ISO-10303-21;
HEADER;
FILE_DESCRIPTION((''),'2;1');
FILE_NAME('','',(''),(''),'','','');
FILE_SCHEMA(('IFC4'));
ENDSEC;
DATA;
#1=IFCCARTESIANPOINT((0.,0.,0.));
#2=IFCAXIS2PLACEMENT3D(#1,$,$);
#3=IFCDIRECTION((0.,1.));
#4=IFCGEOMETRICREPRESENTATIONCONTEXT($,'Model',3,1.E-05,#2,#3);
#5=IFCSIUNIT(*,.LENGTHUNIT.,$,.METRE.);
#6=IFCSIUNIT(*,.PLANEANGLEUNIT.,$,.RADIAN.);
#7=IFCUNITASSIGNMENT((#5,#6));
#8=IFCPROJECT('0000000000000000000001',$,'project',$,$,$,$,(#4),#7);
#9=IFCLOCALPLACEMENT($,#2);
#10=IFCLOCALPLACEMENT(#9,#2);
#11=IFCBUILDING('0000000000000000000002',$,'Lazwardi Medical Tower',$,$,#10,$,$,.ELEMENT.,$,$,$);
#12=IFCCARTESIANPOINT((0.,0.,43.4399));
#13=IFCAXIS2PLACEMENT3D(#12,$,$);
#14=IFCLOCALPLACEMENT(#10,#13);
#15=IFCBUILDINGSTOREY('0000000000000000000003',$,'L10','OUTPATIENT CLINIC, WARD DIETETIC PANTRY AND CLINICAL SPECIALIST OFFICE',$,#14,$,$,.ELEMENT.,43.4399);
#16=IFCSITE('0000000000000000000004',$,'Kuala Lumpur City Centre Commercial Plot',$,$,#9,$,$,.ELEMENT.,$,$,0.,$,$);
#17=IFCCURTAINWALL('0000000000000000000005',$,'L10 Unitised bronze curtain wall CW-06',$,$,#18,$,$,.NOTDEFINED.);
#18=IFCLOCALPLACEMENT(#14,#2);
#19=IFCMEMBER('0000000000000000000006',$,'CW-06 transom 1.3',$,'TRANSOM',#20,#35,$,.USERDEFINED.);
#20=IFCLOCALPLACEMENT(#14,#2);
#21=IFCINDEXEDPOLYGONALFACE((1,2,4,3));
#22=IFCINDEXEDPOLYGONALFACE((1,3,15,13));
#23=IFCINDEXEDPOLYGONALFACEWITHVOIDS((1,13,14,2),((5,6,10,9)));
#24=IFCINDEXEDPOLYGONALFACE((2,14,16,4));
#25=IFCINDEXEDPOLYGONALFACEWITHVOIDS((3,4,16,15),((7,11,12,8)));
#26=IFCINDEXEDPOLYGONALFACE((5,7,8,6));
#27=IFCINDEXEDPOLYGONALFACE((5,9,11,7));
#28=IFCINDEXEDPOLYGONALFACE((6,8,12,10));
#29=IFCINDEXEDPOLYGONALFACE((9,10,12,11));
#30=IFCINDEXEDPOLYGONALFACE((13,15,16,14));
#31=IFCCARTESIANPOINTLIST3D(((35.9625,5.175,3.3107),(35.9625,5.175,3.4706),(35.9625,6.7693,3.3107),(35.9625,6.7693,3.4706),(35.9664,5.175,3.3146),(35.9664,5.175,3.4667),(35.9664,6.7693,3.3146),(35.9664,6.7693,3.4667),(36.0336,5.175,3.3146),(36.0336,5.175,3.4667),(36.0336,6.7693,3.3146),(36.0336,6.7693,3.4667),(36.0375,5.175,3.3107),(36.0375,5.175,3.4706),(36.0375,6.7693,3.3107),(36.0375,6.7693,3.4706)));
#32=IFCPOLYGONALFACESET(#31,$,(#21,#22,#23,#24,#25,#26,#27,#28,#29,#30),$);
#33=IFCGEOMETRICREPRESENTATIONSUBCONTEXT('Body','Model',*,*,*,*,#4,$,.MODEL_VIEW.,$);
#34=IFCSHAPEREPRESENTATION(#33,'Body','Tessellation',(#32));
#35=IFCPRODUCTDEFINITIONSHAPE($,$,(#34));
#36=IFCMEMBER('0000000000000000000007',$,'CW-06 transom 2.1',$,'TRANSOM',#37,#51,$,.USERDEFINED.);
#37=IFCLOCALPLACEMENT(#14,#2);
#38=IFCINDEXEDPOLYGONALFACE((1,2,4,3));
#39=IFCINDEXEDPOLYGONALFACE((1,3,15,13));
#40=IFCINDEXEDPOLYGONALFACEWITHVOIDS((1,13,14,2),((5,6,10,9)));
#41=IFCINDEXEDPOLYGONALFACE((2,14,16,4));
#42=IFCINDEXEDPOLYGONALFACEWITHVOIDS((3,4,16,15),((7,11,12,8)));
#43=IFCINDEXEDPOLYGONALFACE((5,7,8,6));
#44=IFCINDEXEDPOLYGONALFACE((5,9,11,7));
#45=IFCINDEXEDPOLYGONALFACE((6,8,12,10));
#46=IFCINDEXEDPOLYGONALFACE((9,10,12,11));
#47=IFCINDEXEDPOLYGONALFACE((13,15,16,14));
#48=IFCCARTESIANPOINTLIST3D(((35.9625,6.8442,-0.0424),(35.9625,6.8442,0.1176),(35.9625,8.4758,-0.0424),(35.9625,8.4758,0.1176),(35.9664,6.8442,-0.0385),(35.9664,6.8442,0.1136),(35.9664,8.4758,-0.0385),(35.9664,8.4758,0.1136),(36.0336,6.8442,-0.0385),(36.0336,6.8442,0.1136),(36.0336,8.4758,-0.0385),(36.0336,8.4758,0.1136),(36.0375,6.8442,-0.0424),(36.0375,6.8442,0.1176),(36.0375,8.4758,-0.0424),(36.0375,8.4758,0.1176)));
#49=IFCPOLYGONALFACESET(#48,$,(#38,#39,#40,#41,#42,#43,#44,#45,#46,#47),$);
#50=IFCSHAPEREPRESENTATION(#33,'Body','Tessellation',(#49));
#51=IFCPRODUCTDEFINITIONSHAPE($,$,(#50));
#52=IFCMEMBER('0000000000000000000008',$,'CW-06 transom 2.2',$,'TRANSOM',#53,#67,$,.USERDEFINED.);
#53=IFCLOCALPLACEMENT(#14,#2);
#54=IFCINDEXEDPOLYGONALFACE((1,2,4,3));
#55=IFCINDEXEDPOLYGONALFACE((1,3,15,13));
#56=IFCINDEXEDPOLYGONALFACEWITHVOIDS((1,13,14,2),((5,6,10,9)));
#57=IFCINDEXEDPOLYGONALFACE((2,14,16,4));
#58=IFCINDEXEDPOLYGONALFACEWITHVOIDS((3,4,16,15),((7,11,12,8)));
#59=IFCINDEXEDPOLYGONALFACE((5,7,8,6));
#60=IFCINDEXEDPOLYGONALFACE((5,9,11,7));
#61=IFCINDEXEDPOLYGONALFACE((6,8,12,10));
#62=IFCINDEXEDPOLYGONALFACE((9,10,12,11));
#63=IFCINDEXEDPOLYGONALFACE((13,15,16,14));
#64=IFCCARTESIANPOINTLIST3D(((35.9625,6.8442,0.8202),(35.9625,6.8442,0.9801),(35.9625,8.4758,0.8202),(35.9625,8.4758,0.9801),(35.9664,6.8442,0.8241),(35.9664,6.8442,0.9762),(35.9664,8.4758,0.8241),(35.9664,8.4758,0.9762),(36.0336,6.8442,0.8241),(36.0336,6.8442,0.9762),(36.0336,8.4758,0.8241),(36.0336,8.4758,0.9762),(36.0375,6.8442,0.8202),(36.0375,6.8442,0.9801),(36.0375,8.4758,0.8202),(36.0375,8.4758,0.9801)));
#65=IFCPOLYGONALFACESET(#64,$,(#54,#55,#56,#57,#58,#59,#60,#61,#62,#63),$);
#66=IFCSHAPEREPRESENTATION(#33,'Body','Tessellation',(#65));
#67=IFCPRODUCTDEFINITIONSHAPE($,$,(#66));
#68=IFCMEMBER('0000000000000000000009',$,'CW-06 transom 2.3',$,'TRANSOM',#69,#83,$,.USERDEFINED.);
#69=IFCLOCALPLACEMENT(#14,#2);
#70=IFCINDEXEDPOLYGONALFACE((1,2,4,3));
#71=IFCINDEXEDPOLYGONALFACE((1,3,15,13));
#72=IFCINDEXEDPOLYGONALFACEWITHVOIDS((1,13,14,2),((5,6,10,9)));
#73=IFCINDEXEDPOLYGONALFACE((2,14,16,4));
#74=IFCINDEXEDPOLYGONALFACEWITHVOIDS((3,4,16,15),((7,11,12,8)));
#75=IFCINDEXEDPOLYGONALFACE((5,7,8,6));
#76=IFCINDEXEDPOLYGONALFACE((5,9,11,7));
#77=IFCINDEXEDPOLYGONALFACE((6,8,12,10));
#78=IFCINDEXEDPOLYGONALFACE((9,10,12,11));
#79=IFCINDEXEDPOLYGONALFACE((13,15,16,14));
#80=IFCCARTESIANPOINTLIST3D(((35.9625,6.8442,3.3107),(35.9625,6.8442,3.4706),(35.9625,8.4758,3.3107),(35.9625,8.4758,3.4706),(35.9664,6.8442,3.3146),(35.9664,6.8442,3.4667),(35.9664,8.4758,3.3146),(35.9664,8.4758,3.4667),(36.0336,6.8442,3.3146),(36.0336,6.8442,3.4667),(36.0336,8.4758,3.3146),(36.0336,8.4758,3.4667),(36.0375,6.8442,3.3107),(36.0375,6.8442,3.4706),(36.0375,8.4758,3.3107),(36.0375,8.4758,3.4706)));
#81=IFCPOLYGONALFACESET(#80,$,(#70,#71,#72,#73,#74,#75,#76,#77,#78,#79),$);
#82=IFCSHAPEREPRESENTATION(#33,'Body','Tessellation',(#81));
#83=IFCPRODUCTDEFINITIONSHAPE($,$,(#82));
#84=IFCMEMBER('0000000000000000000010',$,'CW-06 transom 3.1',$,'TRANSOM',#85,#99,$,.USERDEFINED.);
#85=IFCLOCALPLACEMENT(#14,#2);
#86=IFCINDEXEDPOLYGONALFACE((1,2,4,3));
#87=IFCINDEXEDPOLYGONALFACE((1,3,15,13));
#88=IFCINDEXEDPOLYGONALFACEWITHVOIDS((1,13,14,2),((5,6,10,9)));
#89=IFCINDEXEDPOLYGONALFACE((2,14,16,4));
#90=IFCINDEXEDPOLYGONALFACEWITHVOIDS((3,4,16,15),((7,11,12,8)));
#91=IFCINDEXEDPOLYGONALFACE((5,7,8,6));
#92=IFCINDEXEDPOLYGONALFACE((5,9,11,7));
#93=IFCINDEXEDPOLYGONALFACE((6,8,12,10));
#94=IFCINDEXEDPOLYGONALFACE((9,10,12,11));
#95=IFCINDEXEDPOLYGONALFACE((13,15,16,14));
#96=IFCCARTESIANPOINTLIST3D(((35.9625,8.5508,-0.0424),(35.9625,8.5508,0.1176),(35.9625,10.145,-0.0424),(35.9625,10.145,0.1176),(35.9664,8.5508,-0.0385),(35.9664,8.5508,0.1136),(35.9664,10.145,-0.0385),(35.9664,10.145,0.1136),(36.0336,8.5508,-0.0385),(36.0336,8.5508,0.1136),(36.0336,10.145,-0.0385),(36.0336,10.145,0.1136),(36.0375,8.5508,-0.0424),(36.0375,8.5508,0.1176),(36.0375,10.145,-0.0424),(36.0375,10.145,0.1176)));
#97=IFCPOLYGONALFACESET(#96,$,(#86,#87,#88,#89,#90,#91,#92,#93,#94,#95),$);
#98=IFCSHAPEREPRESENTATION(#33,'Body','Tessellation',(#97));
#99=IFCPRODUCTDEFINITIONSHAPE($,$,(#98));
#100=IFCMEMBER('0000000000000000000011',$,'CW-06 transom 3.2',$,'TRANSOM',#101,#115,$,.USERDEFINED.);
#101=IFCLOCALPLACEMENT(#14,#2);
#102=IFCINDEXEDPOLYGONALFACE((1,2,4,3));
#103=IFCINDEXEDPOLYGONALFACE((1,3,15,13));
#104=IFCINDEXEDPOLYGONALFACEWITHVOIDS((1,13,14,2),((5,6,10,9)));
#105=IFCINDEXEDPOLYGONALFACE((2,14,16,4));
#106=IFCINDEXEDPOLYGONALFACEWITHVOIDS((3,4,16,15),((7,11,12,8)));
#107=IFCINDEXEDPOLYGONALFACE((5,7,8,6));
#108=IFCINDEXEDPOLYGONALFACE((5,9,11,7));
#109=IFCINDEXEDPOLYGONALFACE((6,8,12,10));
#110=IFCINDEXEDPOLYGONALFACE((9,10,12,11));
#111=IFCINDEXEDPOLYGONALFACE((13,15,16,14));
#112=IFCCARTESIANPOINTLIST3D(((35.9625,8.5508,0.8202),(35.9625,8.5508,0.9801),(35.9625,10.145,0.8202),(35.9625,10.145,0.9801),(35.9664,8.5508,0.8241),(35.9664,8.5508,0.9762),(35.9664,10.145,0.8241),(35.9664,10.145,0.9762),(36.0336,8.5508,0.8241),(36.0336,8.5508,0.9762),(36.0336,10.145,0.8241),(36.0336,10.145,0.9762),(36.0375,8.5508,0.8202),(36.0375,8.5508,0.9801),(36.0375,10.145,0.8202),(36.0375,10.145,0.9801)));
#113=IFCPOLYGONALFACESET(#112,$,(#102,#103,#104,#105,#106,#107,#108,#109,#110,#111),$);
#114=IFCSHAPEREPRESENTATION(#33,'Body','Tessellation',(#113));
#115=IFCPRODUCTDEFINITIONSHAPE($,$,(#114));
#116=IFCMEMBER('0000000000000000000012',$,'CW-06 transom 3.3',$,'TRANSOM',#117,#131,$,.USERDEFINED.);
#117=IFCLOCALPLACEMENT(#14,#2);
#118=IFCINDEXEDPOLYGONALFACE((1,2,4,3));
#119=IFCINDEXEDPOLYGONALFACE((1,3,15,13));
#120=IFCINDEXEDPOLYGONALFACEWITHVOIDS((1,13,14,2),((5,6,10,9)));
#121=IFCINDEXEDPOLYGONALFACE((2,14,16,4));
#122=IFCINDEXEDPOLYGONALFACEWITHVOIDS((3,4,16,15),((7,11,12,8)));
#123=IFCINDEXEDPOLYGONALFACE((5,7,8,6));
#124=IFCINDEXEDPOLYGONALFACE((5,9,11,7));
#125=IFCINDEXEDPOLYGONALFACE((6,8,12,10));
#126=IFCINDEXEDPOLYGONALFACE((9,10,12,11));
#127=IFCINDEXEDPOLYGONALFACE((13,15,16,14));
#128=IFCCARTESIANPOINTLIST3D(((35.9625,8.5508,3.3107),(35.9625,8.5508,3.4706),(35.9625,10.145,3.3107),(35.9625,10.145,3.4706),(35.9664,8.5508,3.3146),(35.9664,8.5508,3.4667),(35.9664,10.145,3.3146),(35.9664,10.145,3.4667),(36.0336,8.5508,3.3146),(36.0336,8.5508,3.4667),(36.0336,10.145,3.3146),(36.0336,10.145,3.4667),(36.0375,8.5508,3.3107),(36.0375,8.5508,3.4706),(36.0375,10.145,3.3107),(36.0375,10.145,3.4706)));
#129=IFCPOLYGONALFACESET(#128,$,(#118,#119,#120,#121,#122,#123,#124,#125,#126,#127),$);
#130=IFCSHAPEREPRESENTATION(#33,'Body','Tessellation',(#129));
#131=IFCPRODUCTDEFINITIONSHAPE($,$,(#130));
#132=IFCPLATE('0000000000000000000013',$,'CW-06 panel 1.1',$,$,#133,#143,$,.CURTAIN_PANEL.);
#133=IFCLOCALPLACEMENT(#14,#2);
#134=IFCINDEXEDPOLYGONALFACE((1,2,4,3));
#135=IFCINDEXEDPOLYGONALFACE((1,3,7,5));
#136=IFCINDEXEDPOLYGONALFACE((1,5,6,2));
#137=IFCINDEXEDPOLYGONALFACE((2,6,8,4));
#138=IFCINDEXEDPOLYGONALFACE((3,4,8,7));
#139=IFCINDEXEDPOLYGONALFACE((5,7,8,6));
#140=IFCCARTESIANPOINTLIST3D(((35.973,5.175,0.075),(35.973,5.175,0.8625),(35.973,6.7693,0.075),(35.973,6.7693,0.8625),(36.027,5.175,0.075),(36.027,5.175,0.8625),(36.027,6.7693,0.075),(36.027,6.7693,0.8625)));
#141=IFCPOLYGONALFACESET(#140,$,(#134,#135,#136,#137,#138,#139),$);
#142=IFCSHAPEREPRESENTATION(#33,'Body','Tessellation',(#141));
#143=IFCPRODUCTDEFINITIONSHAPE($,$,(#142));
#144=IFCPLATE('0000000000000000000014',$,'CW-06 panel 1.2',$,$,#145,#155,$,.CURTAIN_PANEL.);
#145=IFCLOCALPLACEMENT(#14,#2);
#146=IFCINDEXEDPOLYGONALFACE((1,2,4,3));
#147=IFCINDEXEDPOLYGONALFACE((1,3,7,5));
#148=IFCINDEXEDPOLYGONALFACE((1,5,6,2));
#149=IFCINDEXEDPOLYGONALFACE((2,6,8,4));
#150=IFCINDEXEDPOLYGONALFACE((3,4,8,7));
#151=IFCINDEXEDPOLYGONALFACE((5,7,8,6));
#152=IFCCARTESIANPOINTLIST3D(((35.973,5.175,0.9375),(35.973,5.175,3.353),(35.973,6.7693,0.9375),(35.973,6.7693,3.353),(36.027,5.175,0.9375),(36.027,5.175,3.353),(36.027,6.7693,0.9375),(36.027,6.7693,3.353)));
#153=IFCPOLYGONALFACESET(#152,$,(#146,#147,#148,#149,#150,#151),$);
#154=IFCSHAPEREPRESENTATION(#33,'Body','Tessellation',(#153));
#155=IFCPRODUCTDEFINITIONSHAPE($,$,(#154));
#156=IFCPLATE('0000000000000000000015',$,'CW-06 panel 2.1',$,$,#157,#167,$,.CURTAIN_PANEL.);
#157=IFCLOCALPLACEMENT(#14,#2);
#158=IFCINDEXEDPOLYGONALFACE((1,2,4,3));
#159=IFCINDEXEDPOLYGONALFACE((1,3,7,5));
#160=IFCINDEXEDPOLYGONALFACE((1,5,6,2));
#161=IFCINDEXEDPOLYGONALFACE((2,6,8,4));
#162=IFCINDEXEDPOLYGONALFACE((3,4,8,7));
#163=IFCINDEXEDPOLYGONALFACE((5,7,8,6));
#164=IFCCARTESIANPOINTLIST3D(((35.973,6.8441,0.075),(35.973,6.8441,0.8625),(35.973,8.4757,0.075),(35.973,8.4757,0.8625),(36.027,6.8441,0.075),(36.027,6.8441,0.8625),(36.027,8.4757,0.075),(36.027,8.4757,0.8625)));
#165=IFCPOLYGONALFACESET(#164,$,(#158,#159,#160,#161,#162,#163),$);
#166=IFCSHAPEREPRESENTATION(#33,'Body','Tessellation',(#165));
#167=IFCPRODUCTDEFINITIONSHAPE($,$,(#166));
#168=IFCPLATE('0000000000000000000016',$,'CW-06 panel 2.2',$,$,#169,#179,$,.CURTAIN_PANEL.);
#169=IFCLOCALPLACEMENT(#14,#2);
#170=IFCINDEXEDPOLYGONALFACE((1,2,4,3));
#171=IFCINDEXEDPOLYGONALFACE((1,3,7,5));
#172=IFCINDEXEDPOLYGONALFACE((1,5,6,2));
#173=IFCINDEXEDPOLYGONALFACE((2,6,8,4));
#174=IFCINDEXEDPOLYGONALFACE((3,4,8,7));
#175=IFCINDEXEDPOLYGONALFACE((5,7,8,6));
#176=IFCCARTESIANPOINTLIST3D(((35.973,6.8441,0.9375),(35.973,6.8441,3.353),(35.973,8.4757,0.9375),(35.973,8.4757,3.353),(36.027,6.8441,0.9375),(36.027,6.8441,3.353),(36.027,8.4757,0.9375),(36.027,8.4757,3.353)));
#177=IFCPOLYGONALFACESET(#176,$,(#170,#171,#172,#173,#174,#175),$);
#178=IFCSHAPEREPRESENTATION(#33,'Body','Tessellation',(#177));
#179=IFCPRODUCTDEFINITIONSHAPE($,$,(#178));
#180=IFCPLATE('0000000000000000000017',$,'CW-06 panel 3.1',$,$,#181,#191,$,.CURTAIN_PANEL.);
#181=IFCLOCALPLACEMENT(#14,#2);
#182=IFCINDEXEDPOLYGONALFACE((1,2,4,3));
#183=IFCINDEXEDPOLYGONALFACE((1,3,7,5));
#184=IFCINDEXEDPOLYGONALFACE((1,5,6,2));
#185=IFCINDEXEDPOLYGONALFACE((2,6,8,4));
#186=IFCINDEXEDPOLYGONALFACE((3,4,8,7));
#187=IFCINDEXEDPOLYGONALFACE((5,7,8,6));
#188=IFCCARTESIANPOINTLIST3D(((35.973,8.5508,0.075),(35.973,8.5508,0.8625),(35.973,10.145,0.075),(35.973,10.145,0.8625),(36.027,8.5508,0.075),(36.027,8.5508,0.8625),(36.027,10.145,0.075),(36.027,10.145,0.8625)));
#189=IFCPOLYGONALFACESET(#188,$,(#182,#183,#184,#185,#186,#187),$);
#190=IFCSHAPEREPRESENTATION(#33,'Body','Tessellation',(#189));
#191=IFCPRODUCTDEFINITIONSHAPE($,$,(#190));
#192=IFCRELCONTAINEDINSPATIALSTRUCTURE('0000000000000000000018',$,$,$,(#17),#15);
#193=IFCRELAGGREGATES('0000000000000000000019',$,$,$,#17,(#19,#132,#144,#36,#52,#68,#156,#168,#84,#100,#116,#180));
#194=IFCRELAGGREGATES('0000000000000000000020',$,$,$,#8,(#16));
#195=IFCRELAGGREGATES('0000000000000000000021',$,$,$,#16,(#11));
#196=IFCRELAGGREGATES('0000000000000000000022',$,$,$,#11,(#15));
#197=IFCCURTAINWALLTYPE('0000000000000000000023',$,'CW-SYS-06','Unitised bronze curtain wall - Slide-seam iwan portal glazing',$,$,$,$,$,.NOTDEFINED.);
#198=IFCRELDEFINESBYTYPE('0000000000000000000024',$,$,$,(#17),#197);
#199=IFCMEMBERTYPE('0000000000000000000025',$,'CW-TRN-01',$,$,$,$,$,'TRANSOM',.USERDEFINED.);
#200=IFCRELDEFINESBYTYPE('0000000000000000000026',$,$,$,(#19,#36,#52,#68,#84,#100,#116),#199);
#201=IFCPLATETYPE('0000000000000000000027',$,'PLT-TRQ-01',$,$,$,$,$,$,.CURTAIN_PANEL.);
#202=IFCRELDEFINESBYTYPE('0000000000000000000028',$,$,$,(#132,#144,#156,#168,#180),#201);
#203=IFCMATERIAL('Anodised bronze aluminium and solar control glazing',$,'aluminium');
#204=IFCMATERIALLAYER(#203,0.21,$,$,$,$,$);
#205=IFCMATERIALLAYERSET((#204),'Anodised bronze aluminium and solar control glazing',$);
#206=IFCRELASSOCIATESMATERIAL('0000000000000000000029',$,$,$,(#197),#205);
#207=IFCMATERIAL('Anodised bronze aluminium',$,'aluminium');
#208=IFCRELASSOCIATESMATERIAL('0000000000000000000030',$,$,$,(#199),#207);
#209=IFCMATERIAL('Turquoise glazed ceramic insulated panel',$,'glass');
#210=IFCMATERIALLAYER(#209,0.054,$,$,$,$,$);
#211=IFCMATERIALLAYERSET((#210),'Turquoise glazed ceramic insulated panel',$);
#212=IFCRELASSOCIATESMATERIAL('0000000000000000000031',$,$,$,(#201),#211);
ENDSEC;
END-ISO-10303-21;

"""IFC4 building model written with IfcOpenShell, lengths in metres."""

from ifc_helpers import new_model, si_unit, direction, frame, origin, origin_2d, place, context, subcontext, project, spatial, rectangle, hollow_rectangle, extrude, material, layer, layer_set, material_profile, profile_set, type_object, element, aggregate, save


model = new_model("IFC4")

# Units and contexts
model_context = context("Model", 3, precision=1e-05, world=origin(), true_north=direction((0.0, 1.0)))
body_context = subcontext(model_context, "Body", "Model", "MODEL_VIEW")
ifc_project = project(units=[si_unit("LENGTHUNIT", "METRE"), si_unit("PLANEANGLEUNIT", "RADIAN")], contexts=[model_context])

# Site, building, storey
site_placement = place(None, origin())
site = spatial("IfcSite", under=ifc_project, at=site_placement, Name="Kuala Lumpur City Centre Commercial Plot", CompositionType="ELEMENT", RefElevation=0.0)
building_placement = place(site_placement, origin())
building = spatial("IfcBuilding", under=site, at=building_placement, Name="Lazwardi Medical Tower", CompositionType="ELEMENT")
storey_placement = place(building_placement, frame((0.0, 0.0, 43.4399)))
storey = spatial("IfcBuildingStorey", under=building, at=storey_placement, Name="L10", Description="OUTPATIENT CLINIC, WARD DIETETIC PANTRY AND CLINICAL SPECIALIST OFFICE", CompositionType="ELEMENT", Elevation=43.4399)

# Shared definitions
ifc_material_1 = material(Name="Anodised bronze aluminium and solar control glazing", Category="aluminium")
ifc_material_2 = material(Name="Anodised bronze aluminium", Category="aluminium")

# Curtain wall
ifc_layer_1 = layer(ifc_material_1, 0.21)
ifc_layer_set_1 = layer_set([ifc_layer_1], Name="Anodised bronze aluminium and solar control glazing")
curtain_wall_type_1 = type_object("IfcCurtainWallType", Name="CW-SYS-06", Description="Unitised bronze curtain wall - Slide-seam iwan portal glazing", PredefinedType="NOTDEFINED", material=ifc_layer_set_1)
curtain_wall_1_placement = place(storey_placement, origin())
curtain_wall_1 = element("IfcCurtainWall", 1, at=curtain_wall_1_placement, inside=storey, type_object=curtain_wall_type_1, Name="L10 Unitised bronze curtain wall CW-06", PredefinedType="NOTDEFINED")

# Members
ifc_material_profile_1 = material_profile(ifc_material_2, hollow_rectangle(XDim=0.075, YDim=0.1599, WallThickness=0.0039, at=origin_2d()), Name="ALU-TRANSOM 160x75x4")
ifc_profile_set_1 = profile_set([ifc_material_profile_1], Name="Anodised bronze aluminium")
member_type_1 = type_object("IfcMemberType", Name="CW-TRN-01", ElementType="TRANSOM", PredefinedType="USERDEFINED", material=ifc_profile_set_1)
member_1_placement = place(storey_placement, frame((36.0, 5.175, 3.3906), z_axis=(0.0, 1.0, 0.0), x_axis=(-1.0, 0.0, 0.0)))
member_1 = element("IfcMember", 2, at=member_1_placement, type_object=member_type_1, Name="CW-06 transom 1.3", ObjectType="TRANSOM", PredefinedType="USERDEFINED", context=body_context, shape_type="SweptSolid", body=[
    extrude(hollow_rectangle(XDim=0.075, YDim=0.1599, WallThickness=0.0039, at=origin_2d()), origin(), (0.0, 0.0, 1.0), 1.5942),
])
member_2_placement = place(storey_placement, frame((36.0, 6.8442, 0.0376), z_axis=(0.0, 1.0, 0.0), x_axis=(-1.0, 0.0, 0.0)))
member_2 = element("IfcMember", 3, at=member_2_placement, type_object=member_type_1, Name="CW-06 transom 2.1", ObjectType="TRANSOM", PredefinedType="USERDEFINED", context=body_context, shape_type="SweptSolid", body=[
    extrude(hollow_rectangle(XDim=0.075, YDim=0.1599, WallThickness=0.0039, at=origin_2d()), origin(), (0.0, 0.0, 1.0), 1.6316),
])
member_3_placement = place(storey_placement, frame((36.0, 6.8442, 0.9001), z_axis=(0.0, 1.0, 0.0), x_axis=(-1.0, 0.0, 0.0)))
member_3 = element("IfcMember", 4, at=member_3_placement, type_object=member_type_1, Name="CW-06 transom 2.2", ObjectType="TRANSOM", PredefinedType="USERDEFINED", context=body_context, shape_type="SweptSolid", body=[
    extrude(hollow_rectangle(XDim=0.075, YDim=0.1599, WallThickness=0.0039, at=origin_2d()), origin(), (0.0, 0.0, 1.0), 1.6316),
])
member_4_placement = place(storey_placement, frame((36.0, 6.8442, 3.3906), z_axis=(0.0, 1.0, 0.0), x_axis=(-1.0, 0.0, 0.0)))
member_4 = element("IfcMember", 5, at=member_4_placement, type_object=member_type_1, Name="CW-06 transom 2.3", ObjectType="TRANSOM", PredefinedType="USERDEFINED", context=body_context, shape_type="SweptSolid", body=[
    extrude(hollow_rectangle(XDim=0.075, YDim=0.1599, WallThickness=0.0039, at=origin_2d()), origin(), (0.0, 0.0, 1.0), 1.6316),
])
member_5_placement = place(storey_placement, frame((36.0, 8.5508, 0.0376), z_axis=(0.0, 1.0, 0.0), x_axis=(-1.0, 0.0, 0.0)))
member_5 = element("IfcMember", 6, at=member_5_placement, type_object=member_type_1, Name="CW-06 transom 3.1", ObjectType="TRANSOM", PredefinedType="USERDEFINED", context=body_context, shape_type="SweptSolid", body=[
    extrude(hollow_rectangle(XDim=0.075, YDim=0.1599, WallThickness=0.0039, at=origin_2d()), origin(), (0.0, 0.0, 1.0), 1.5942),
])
member_6_placement = place(storey_placement, frame((36.0, 8.5508, 0.9001), z_axis=(0.0, 1.0, 0.0), x_axis=(-1.0, 0.0, 0.0)))
member_6 = element("IfcMember", 7, at=member_6_placement, type_object=member_type_1, Name="CW-06 transom 3.2", ObjectType="TRANSOM", PredefinedType="USERDEFINED", context=body_context, shape_type="SweptSolid", body=[
    extrude(hollow_rectangle(XDim=0.075, YDim=0.1599, WallThickness=0.0039, at=origin_2d()), origin(), (0.0, 0.0, 1.0), 1.5942),
])
member_7_placement = place(storey_placement, frame((36.0, 8.5508, 3.3906), z_axis=(0.0, 1.0, 0.0), x_axis=(-1.0, 0.0, 0.0)))
member_7 = element("IfcMember", 8, at=member_7_placement, type_object=member_type_1, Name="CW-06 transom 3.3", ObjectType="TRANSOM", PredefinedType="USERDEFINED", context=body_context, shape_type="SweptSolid", body=[
    extrude(hollow_rectangle(XDim=0.075, YDim=0.1599, WallThickness=0.0039, at=origin_2d()), origin(), (0.0, 0.0, 1.0), 1.5942),
])

# Plates
ifc_material_3 = material(Name="Turquoise glazed ceramic insulated panel", Category="glass")
ifc_layer_2 = layer(ifc_material_3, 0.054)
ifc_layer_set_2 = layer_set([ifc_layer_2], Name="Turquoise glazed ceramic insulated panel")
plate_type = type_object("IfcPlateType", Name="PLT-TRQ-01", PredefinedType="CURTAIN_PANEL", material=ifc_layer_set_2)
plate_1_placement = place(storey_placement, frame((36.0, 5.9722, 0.075), z_axis=(0.0, 0.0, 1.0), x_axis=(0.0, 1.0, 0.0)))
plate_1 = element("IfcPlate", 9, at=plate_1_placement, type_object=plate_type, Name="CW-06 panel 1.1", PredefinedType="CURTAIN_PANEL", context=body_context, shape_type="SweptSolid", body=[
    extrude(rectangle(XDim=1.5942, YDim=0.054, at=origin_2d()), origin(), (0.0, 0.0, 1.0), 0.7876),
])
plate_2_placement = place(storey_placement, frame((36.0, 5.9722, 0.9375), z_axis=(0.0, 0.0, 1.0), x_axis=(0.0, 1.0, 0.0)))
plate_2 = element("IfcPlate", 10, at=plate_2_placement, type_object=plate_type, Name="CW-06 panel 1.2", PredefinedType="CURTAIN_PANEL", context=body_context, shape_type="SweptSolid", body=[
    extrude(rectangle(XDim=1.5942, YDim=0.054, at=origin_2d()), origin(), (0.0, 0.0, 1.0), 2.4155),
])
plate_3_placement = place(storey_placement, frame((36.0, 7.6599, 0.075), z_axis=(0.0, 0.0, 1.0), x_axis=(0.0, 1.0, 0.0)))
plate_3 = element("IfcPlate", 11, at=plate_3_placement, type_object=plate_type, Name="CW-06 panel 2.1", PredefinedType="CURTAIN_PANEL", context=body_context, shape_type="SweptSolid", body=[
    extrude(rectangle(XDim=1.6316, YDim=0.054, at=origin_2d()), origin(), (0.0, 0.0, 1.0), 0.7876),
])
plate_4_placement = place(storey_placement, frame((36.0, 7.6599, 0.9375), z_axis=(0.0, 0.0, 1.0), x_axis=(0.0, 1.0, 0.0)))
plate_4 = element("IfcPlate", 12, at=plate_4_placement, type_object=plate_type, Name="CW-06 panel 2.2", PredefinedType="CURTAIN_PANEL", context=body_context, shape_type="SweptSolid", body=[
    extrude(rectangle(XDim=1.6316, YDim=0.054, at=origin_2d()), origin(), (0.0, 0.0, 1.0), 2.4155),
])
plate_5_placement = place(storey_placement, frame((36.0, 9.3479, 0.075), z_axis=(0.0, 0.0, 1.0), x_axis=(0.0, 1.0, 0.0)))
plate_5 = element("IfcPlate", 13, at=plate_5_placement, type_object=plate_type, Name="CW-06 panel 3.1", PredefinedType="CURTAIN_PANEL", context=body_context, shape_type="SweptSolid", body=[
    extrude(rectangle(XDim=1.5942, YDim=0.054, at=origin_2d()), origin(), (0.0, 0.0, 1.0), 0.7876),
])
aggregate(curtain_wall_1, [member_1, plate_1, plate_2, member_2, member_3, member_4, plate_3, plate_4, member_5, member_6, member_7, plate_5])

save(model, "model.ifc")
